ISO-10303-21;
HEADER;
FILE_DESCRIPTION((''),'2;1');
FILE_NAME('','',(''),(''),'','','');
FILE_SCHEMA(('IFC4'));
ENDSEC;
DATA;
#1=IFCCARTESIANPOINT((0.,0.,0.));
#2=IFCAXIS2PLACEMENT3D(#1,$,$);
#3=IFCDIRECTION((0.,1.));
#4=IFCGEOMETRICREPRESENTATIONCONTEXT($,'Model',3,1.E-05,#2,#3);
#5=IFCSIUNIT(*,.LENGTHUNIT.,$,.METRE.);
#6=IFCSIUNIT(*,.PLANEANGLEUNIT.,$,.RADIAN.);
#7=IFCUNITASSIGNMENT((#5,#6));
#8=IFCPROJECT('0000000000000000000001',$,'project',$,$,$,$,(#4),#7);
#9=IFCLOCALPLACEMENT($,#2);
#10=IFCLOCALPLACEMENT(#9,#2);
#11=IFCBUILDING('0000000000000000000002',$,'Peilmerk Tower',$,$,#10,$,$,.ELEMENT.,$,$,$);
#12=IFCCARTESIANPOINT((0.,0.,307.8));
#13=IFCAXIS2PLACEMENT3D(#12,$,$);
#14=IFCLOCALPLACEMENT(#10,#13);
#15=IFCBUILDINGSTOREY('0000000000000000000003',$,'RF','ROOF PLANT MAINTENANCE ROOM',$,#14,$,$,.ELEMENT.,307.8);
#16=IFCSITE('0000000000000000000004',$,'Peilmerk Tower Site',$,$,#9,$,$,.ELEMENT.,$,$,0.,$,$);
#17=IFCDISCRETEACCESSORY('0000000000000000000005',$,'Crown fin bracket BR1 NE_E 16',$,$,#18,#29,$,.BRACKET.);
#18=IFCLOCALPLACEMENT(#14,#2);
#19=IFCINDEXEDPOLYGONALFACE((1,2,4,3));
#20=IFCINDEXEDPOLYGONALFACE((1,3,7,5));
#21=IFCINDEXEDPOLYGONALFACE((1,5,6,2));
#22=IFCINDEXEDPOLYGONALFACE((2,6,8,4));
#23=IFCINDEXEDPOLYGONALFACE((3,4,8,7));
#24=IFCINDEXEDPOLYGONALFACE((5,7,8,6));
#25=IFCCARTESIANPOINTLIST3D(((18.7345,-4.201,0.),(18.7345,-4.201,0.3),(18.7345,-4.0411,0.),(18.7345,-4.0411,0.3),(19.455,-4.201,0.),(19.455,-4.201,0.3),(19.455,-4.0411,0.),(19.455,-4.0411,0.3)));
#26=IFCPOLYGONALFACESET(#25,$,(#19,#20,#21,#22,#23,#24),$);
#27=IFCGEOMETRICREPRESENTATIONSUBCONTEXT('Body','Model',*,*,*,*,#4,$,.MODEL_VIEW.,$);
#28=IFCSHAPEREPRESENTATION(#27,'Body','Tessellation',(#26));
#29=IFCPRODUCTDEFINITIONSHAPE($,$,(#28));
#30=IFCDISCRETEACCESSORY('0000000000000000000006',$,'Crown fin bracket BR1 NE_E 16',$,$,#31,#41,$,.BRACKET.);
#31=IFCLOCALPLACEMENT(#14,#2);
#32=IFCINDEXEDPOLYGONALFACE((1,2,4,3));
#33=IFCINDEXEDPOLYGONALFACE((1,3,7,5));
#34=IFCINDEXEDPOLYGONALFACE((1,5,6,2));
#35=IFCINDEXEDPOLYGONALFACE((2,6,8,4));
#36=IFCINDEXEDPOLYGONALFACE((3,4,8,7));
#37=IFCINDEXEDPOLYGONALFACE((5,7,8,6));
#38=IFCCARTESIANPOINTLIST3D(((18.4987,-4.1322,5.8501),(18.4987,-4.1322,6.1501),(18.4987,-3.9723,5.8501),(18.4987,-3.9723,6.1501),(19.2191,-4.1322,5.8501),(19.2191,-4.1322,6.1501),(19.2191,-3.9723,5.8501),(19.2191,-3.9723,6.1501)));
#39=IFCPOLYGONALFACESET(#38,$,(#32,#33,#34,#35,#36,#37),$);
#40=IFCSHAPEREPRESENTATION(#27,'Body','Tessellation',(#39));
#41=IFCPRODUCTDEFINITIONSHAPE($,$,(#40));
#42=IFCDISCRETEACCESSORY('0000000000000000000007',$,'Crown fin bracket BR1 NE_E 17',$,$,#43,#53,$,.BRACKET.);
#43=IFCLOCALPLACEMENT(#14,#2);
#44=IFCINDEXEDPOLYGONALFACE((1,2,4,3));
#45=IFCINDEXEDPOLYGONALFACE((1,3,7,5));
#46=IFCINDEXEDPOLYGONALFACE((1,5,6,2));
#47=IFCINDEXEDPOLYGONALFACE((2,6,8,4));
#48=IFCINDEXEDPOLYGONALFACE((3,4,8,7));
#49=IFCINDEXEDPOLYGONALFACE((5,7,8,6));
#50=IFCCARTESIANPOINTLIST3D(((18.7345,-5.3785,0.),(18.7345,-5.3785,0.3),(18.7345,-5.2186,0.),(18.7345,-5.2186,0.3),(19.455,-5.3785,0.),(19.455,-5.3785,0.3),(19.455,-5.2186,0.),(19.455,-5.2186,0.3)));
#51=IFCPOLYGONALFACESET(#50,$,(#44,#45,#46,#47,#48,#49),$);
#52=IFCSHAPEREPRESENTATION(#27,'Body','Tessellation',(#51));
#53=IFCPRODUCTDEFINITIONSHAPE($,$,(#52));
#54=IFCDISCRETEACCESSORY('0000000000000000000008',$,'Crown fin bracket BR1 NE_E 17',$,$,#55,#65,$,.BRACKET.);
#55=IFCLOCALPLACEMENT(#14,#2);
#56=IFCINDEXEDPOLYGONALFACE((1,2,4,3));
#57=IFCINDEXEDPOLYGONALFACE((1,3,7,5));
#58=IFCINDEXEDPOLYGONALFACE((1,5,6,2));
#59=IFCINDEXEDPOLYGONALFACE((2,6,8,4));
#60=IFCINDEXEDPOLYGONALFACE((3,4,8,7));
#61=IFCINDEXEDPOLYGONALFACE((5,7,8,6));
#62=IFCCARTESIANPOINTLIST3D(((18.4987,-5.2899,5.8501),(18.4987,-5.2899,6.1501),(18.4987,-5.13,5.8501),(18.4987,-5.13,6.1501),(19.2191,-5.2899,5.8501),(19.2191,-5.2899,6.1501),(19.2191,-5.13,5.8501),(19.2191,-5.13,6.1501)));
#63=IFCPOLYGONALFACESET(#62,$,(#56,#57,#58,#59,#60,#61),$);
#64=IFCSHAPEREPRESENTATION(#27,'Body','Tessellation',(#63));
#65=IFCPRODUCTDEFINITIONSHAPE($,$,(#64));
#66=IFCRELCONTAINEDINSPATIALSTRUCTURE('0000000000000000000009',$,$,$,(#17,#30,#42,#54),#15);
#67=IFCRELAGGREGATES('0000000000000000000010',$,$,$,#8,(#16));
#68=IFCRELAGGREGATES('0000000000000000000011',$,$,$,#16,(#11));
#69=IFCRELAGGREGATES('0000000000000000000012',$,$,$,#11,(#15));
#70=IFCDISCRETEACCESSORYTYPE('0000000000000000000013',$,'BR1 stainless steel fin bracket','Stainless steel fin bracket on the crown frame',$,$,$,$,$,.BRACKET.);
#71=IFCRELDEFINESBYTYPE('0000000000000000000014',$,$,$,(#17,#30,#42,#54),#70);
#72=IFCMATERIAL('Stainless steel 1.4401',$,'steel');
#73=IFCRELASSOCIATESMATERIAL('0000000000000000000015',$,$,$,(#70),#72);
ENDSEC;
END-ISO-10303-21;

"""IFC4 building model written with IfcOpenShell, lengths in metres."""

from ifc_helpers import new_model, si_unit, direction, frame, origin, origin_2d, place, context, subcontext, project, spatial, rectangle, extrude, source, transform, mapped, material, type_object, element, save


model = new_model("IFC4")

# Units and contexts
model_context = context("Model", 3, precision=1e-05, world=origin(), true_north=direction((0.0, 1.0)))
body_context = subcontext(model_context, "Body", "Model", "MODEL_VIEW")
ifc_project = project(units=[si_unit("LENGTHUNIT", "METRE"), si_unit("PLANEANGLEUNIT", "RADIAN")], contexts=[model_context])

# Site, building, storey
site_placement = place(None, origin())
site = spatial("IfcSite", under=ifc_project, at=site_placement, Name="Peilmerk Tower Site", CompositionType="ELEMENT", RefElevation=0.0)
building_placement = place(site_placement, origin())
building = spatial("IfcBuilding", under=site, at=building_placement, Name="Peilmerk Tower", CompositionType="ELEMENT")
storey_placement = place(building_placement, frame((0.0, 0.0, 307.8)))
storey = spatial("IfcBuildingStorey", under=building, at=storey_placement, Name="RF", Description="ROOF PLANT MAINTENANCE ROOM", CompositionType="ELEMENT", Elevation=307.8)

# Discrete accessories
ifc_material_1 = material(Name="Stainless steel 1.4401", Category="steel")
discrete_accessory_type = type_object("IfcDiscreteAccessoryType", Name="BR1 stainless steel fin bracket", Description="Stainless steel fin bracket on the crown frame", PredefinedType="BRACKET", material=ifc_material_1)
shared_shape_1 = source(origin(), body_context, "Body", "SweptSolid", [
    extrude(rectangle(XDim=0.7205, YDim=0.1599, at=origin_2d()), origin(), (0.0, 0.0, 1.0), 0.3),
])
for number, where, z_axis, x_axis, name in (
    (1, (19.0947, -4.1211, 0.0), (0.0, 0.0, 1.0), (1.0, 0.0, 0.0), "Crown fin bracket BR1 NE_E 16"),
    (2, (18.8589, -4.0522, 5.8501), (0.0, 0.0, 1.0), (1.0, 0.0, 0.0), "Crown fin bracket BR1 NE_E 16"),
    (3, (19.0947, -5.2986, 0.0), (0.0, 0.0, 1.0), (1.0, 0.0, 0.0), "Crown fin bracket BR1 NE_E 17"),
    (4, (18.8589, -5.21, 5.8501), (0.0, 0.0, 1.0), (1.0, 0.0, 0.0), "Crown fin bracket BR1 NE_E 17"),
):
    element("IfcDiscreteAccessory", number, at=place(storey_placement, frame(where, z_axis=z_axis, x_axis=x_axis)), inside=storey, type_object=discrete_accessory_type, Name=name, PredefinedType="BRACKET", context=body_context, shape_type="MappedRepresentation", body=[
        mapped(shared_shape_1, transform((0.0, 0.0, 0.0), scale=1.0)),
    ])

save(model, "model.ifc")
